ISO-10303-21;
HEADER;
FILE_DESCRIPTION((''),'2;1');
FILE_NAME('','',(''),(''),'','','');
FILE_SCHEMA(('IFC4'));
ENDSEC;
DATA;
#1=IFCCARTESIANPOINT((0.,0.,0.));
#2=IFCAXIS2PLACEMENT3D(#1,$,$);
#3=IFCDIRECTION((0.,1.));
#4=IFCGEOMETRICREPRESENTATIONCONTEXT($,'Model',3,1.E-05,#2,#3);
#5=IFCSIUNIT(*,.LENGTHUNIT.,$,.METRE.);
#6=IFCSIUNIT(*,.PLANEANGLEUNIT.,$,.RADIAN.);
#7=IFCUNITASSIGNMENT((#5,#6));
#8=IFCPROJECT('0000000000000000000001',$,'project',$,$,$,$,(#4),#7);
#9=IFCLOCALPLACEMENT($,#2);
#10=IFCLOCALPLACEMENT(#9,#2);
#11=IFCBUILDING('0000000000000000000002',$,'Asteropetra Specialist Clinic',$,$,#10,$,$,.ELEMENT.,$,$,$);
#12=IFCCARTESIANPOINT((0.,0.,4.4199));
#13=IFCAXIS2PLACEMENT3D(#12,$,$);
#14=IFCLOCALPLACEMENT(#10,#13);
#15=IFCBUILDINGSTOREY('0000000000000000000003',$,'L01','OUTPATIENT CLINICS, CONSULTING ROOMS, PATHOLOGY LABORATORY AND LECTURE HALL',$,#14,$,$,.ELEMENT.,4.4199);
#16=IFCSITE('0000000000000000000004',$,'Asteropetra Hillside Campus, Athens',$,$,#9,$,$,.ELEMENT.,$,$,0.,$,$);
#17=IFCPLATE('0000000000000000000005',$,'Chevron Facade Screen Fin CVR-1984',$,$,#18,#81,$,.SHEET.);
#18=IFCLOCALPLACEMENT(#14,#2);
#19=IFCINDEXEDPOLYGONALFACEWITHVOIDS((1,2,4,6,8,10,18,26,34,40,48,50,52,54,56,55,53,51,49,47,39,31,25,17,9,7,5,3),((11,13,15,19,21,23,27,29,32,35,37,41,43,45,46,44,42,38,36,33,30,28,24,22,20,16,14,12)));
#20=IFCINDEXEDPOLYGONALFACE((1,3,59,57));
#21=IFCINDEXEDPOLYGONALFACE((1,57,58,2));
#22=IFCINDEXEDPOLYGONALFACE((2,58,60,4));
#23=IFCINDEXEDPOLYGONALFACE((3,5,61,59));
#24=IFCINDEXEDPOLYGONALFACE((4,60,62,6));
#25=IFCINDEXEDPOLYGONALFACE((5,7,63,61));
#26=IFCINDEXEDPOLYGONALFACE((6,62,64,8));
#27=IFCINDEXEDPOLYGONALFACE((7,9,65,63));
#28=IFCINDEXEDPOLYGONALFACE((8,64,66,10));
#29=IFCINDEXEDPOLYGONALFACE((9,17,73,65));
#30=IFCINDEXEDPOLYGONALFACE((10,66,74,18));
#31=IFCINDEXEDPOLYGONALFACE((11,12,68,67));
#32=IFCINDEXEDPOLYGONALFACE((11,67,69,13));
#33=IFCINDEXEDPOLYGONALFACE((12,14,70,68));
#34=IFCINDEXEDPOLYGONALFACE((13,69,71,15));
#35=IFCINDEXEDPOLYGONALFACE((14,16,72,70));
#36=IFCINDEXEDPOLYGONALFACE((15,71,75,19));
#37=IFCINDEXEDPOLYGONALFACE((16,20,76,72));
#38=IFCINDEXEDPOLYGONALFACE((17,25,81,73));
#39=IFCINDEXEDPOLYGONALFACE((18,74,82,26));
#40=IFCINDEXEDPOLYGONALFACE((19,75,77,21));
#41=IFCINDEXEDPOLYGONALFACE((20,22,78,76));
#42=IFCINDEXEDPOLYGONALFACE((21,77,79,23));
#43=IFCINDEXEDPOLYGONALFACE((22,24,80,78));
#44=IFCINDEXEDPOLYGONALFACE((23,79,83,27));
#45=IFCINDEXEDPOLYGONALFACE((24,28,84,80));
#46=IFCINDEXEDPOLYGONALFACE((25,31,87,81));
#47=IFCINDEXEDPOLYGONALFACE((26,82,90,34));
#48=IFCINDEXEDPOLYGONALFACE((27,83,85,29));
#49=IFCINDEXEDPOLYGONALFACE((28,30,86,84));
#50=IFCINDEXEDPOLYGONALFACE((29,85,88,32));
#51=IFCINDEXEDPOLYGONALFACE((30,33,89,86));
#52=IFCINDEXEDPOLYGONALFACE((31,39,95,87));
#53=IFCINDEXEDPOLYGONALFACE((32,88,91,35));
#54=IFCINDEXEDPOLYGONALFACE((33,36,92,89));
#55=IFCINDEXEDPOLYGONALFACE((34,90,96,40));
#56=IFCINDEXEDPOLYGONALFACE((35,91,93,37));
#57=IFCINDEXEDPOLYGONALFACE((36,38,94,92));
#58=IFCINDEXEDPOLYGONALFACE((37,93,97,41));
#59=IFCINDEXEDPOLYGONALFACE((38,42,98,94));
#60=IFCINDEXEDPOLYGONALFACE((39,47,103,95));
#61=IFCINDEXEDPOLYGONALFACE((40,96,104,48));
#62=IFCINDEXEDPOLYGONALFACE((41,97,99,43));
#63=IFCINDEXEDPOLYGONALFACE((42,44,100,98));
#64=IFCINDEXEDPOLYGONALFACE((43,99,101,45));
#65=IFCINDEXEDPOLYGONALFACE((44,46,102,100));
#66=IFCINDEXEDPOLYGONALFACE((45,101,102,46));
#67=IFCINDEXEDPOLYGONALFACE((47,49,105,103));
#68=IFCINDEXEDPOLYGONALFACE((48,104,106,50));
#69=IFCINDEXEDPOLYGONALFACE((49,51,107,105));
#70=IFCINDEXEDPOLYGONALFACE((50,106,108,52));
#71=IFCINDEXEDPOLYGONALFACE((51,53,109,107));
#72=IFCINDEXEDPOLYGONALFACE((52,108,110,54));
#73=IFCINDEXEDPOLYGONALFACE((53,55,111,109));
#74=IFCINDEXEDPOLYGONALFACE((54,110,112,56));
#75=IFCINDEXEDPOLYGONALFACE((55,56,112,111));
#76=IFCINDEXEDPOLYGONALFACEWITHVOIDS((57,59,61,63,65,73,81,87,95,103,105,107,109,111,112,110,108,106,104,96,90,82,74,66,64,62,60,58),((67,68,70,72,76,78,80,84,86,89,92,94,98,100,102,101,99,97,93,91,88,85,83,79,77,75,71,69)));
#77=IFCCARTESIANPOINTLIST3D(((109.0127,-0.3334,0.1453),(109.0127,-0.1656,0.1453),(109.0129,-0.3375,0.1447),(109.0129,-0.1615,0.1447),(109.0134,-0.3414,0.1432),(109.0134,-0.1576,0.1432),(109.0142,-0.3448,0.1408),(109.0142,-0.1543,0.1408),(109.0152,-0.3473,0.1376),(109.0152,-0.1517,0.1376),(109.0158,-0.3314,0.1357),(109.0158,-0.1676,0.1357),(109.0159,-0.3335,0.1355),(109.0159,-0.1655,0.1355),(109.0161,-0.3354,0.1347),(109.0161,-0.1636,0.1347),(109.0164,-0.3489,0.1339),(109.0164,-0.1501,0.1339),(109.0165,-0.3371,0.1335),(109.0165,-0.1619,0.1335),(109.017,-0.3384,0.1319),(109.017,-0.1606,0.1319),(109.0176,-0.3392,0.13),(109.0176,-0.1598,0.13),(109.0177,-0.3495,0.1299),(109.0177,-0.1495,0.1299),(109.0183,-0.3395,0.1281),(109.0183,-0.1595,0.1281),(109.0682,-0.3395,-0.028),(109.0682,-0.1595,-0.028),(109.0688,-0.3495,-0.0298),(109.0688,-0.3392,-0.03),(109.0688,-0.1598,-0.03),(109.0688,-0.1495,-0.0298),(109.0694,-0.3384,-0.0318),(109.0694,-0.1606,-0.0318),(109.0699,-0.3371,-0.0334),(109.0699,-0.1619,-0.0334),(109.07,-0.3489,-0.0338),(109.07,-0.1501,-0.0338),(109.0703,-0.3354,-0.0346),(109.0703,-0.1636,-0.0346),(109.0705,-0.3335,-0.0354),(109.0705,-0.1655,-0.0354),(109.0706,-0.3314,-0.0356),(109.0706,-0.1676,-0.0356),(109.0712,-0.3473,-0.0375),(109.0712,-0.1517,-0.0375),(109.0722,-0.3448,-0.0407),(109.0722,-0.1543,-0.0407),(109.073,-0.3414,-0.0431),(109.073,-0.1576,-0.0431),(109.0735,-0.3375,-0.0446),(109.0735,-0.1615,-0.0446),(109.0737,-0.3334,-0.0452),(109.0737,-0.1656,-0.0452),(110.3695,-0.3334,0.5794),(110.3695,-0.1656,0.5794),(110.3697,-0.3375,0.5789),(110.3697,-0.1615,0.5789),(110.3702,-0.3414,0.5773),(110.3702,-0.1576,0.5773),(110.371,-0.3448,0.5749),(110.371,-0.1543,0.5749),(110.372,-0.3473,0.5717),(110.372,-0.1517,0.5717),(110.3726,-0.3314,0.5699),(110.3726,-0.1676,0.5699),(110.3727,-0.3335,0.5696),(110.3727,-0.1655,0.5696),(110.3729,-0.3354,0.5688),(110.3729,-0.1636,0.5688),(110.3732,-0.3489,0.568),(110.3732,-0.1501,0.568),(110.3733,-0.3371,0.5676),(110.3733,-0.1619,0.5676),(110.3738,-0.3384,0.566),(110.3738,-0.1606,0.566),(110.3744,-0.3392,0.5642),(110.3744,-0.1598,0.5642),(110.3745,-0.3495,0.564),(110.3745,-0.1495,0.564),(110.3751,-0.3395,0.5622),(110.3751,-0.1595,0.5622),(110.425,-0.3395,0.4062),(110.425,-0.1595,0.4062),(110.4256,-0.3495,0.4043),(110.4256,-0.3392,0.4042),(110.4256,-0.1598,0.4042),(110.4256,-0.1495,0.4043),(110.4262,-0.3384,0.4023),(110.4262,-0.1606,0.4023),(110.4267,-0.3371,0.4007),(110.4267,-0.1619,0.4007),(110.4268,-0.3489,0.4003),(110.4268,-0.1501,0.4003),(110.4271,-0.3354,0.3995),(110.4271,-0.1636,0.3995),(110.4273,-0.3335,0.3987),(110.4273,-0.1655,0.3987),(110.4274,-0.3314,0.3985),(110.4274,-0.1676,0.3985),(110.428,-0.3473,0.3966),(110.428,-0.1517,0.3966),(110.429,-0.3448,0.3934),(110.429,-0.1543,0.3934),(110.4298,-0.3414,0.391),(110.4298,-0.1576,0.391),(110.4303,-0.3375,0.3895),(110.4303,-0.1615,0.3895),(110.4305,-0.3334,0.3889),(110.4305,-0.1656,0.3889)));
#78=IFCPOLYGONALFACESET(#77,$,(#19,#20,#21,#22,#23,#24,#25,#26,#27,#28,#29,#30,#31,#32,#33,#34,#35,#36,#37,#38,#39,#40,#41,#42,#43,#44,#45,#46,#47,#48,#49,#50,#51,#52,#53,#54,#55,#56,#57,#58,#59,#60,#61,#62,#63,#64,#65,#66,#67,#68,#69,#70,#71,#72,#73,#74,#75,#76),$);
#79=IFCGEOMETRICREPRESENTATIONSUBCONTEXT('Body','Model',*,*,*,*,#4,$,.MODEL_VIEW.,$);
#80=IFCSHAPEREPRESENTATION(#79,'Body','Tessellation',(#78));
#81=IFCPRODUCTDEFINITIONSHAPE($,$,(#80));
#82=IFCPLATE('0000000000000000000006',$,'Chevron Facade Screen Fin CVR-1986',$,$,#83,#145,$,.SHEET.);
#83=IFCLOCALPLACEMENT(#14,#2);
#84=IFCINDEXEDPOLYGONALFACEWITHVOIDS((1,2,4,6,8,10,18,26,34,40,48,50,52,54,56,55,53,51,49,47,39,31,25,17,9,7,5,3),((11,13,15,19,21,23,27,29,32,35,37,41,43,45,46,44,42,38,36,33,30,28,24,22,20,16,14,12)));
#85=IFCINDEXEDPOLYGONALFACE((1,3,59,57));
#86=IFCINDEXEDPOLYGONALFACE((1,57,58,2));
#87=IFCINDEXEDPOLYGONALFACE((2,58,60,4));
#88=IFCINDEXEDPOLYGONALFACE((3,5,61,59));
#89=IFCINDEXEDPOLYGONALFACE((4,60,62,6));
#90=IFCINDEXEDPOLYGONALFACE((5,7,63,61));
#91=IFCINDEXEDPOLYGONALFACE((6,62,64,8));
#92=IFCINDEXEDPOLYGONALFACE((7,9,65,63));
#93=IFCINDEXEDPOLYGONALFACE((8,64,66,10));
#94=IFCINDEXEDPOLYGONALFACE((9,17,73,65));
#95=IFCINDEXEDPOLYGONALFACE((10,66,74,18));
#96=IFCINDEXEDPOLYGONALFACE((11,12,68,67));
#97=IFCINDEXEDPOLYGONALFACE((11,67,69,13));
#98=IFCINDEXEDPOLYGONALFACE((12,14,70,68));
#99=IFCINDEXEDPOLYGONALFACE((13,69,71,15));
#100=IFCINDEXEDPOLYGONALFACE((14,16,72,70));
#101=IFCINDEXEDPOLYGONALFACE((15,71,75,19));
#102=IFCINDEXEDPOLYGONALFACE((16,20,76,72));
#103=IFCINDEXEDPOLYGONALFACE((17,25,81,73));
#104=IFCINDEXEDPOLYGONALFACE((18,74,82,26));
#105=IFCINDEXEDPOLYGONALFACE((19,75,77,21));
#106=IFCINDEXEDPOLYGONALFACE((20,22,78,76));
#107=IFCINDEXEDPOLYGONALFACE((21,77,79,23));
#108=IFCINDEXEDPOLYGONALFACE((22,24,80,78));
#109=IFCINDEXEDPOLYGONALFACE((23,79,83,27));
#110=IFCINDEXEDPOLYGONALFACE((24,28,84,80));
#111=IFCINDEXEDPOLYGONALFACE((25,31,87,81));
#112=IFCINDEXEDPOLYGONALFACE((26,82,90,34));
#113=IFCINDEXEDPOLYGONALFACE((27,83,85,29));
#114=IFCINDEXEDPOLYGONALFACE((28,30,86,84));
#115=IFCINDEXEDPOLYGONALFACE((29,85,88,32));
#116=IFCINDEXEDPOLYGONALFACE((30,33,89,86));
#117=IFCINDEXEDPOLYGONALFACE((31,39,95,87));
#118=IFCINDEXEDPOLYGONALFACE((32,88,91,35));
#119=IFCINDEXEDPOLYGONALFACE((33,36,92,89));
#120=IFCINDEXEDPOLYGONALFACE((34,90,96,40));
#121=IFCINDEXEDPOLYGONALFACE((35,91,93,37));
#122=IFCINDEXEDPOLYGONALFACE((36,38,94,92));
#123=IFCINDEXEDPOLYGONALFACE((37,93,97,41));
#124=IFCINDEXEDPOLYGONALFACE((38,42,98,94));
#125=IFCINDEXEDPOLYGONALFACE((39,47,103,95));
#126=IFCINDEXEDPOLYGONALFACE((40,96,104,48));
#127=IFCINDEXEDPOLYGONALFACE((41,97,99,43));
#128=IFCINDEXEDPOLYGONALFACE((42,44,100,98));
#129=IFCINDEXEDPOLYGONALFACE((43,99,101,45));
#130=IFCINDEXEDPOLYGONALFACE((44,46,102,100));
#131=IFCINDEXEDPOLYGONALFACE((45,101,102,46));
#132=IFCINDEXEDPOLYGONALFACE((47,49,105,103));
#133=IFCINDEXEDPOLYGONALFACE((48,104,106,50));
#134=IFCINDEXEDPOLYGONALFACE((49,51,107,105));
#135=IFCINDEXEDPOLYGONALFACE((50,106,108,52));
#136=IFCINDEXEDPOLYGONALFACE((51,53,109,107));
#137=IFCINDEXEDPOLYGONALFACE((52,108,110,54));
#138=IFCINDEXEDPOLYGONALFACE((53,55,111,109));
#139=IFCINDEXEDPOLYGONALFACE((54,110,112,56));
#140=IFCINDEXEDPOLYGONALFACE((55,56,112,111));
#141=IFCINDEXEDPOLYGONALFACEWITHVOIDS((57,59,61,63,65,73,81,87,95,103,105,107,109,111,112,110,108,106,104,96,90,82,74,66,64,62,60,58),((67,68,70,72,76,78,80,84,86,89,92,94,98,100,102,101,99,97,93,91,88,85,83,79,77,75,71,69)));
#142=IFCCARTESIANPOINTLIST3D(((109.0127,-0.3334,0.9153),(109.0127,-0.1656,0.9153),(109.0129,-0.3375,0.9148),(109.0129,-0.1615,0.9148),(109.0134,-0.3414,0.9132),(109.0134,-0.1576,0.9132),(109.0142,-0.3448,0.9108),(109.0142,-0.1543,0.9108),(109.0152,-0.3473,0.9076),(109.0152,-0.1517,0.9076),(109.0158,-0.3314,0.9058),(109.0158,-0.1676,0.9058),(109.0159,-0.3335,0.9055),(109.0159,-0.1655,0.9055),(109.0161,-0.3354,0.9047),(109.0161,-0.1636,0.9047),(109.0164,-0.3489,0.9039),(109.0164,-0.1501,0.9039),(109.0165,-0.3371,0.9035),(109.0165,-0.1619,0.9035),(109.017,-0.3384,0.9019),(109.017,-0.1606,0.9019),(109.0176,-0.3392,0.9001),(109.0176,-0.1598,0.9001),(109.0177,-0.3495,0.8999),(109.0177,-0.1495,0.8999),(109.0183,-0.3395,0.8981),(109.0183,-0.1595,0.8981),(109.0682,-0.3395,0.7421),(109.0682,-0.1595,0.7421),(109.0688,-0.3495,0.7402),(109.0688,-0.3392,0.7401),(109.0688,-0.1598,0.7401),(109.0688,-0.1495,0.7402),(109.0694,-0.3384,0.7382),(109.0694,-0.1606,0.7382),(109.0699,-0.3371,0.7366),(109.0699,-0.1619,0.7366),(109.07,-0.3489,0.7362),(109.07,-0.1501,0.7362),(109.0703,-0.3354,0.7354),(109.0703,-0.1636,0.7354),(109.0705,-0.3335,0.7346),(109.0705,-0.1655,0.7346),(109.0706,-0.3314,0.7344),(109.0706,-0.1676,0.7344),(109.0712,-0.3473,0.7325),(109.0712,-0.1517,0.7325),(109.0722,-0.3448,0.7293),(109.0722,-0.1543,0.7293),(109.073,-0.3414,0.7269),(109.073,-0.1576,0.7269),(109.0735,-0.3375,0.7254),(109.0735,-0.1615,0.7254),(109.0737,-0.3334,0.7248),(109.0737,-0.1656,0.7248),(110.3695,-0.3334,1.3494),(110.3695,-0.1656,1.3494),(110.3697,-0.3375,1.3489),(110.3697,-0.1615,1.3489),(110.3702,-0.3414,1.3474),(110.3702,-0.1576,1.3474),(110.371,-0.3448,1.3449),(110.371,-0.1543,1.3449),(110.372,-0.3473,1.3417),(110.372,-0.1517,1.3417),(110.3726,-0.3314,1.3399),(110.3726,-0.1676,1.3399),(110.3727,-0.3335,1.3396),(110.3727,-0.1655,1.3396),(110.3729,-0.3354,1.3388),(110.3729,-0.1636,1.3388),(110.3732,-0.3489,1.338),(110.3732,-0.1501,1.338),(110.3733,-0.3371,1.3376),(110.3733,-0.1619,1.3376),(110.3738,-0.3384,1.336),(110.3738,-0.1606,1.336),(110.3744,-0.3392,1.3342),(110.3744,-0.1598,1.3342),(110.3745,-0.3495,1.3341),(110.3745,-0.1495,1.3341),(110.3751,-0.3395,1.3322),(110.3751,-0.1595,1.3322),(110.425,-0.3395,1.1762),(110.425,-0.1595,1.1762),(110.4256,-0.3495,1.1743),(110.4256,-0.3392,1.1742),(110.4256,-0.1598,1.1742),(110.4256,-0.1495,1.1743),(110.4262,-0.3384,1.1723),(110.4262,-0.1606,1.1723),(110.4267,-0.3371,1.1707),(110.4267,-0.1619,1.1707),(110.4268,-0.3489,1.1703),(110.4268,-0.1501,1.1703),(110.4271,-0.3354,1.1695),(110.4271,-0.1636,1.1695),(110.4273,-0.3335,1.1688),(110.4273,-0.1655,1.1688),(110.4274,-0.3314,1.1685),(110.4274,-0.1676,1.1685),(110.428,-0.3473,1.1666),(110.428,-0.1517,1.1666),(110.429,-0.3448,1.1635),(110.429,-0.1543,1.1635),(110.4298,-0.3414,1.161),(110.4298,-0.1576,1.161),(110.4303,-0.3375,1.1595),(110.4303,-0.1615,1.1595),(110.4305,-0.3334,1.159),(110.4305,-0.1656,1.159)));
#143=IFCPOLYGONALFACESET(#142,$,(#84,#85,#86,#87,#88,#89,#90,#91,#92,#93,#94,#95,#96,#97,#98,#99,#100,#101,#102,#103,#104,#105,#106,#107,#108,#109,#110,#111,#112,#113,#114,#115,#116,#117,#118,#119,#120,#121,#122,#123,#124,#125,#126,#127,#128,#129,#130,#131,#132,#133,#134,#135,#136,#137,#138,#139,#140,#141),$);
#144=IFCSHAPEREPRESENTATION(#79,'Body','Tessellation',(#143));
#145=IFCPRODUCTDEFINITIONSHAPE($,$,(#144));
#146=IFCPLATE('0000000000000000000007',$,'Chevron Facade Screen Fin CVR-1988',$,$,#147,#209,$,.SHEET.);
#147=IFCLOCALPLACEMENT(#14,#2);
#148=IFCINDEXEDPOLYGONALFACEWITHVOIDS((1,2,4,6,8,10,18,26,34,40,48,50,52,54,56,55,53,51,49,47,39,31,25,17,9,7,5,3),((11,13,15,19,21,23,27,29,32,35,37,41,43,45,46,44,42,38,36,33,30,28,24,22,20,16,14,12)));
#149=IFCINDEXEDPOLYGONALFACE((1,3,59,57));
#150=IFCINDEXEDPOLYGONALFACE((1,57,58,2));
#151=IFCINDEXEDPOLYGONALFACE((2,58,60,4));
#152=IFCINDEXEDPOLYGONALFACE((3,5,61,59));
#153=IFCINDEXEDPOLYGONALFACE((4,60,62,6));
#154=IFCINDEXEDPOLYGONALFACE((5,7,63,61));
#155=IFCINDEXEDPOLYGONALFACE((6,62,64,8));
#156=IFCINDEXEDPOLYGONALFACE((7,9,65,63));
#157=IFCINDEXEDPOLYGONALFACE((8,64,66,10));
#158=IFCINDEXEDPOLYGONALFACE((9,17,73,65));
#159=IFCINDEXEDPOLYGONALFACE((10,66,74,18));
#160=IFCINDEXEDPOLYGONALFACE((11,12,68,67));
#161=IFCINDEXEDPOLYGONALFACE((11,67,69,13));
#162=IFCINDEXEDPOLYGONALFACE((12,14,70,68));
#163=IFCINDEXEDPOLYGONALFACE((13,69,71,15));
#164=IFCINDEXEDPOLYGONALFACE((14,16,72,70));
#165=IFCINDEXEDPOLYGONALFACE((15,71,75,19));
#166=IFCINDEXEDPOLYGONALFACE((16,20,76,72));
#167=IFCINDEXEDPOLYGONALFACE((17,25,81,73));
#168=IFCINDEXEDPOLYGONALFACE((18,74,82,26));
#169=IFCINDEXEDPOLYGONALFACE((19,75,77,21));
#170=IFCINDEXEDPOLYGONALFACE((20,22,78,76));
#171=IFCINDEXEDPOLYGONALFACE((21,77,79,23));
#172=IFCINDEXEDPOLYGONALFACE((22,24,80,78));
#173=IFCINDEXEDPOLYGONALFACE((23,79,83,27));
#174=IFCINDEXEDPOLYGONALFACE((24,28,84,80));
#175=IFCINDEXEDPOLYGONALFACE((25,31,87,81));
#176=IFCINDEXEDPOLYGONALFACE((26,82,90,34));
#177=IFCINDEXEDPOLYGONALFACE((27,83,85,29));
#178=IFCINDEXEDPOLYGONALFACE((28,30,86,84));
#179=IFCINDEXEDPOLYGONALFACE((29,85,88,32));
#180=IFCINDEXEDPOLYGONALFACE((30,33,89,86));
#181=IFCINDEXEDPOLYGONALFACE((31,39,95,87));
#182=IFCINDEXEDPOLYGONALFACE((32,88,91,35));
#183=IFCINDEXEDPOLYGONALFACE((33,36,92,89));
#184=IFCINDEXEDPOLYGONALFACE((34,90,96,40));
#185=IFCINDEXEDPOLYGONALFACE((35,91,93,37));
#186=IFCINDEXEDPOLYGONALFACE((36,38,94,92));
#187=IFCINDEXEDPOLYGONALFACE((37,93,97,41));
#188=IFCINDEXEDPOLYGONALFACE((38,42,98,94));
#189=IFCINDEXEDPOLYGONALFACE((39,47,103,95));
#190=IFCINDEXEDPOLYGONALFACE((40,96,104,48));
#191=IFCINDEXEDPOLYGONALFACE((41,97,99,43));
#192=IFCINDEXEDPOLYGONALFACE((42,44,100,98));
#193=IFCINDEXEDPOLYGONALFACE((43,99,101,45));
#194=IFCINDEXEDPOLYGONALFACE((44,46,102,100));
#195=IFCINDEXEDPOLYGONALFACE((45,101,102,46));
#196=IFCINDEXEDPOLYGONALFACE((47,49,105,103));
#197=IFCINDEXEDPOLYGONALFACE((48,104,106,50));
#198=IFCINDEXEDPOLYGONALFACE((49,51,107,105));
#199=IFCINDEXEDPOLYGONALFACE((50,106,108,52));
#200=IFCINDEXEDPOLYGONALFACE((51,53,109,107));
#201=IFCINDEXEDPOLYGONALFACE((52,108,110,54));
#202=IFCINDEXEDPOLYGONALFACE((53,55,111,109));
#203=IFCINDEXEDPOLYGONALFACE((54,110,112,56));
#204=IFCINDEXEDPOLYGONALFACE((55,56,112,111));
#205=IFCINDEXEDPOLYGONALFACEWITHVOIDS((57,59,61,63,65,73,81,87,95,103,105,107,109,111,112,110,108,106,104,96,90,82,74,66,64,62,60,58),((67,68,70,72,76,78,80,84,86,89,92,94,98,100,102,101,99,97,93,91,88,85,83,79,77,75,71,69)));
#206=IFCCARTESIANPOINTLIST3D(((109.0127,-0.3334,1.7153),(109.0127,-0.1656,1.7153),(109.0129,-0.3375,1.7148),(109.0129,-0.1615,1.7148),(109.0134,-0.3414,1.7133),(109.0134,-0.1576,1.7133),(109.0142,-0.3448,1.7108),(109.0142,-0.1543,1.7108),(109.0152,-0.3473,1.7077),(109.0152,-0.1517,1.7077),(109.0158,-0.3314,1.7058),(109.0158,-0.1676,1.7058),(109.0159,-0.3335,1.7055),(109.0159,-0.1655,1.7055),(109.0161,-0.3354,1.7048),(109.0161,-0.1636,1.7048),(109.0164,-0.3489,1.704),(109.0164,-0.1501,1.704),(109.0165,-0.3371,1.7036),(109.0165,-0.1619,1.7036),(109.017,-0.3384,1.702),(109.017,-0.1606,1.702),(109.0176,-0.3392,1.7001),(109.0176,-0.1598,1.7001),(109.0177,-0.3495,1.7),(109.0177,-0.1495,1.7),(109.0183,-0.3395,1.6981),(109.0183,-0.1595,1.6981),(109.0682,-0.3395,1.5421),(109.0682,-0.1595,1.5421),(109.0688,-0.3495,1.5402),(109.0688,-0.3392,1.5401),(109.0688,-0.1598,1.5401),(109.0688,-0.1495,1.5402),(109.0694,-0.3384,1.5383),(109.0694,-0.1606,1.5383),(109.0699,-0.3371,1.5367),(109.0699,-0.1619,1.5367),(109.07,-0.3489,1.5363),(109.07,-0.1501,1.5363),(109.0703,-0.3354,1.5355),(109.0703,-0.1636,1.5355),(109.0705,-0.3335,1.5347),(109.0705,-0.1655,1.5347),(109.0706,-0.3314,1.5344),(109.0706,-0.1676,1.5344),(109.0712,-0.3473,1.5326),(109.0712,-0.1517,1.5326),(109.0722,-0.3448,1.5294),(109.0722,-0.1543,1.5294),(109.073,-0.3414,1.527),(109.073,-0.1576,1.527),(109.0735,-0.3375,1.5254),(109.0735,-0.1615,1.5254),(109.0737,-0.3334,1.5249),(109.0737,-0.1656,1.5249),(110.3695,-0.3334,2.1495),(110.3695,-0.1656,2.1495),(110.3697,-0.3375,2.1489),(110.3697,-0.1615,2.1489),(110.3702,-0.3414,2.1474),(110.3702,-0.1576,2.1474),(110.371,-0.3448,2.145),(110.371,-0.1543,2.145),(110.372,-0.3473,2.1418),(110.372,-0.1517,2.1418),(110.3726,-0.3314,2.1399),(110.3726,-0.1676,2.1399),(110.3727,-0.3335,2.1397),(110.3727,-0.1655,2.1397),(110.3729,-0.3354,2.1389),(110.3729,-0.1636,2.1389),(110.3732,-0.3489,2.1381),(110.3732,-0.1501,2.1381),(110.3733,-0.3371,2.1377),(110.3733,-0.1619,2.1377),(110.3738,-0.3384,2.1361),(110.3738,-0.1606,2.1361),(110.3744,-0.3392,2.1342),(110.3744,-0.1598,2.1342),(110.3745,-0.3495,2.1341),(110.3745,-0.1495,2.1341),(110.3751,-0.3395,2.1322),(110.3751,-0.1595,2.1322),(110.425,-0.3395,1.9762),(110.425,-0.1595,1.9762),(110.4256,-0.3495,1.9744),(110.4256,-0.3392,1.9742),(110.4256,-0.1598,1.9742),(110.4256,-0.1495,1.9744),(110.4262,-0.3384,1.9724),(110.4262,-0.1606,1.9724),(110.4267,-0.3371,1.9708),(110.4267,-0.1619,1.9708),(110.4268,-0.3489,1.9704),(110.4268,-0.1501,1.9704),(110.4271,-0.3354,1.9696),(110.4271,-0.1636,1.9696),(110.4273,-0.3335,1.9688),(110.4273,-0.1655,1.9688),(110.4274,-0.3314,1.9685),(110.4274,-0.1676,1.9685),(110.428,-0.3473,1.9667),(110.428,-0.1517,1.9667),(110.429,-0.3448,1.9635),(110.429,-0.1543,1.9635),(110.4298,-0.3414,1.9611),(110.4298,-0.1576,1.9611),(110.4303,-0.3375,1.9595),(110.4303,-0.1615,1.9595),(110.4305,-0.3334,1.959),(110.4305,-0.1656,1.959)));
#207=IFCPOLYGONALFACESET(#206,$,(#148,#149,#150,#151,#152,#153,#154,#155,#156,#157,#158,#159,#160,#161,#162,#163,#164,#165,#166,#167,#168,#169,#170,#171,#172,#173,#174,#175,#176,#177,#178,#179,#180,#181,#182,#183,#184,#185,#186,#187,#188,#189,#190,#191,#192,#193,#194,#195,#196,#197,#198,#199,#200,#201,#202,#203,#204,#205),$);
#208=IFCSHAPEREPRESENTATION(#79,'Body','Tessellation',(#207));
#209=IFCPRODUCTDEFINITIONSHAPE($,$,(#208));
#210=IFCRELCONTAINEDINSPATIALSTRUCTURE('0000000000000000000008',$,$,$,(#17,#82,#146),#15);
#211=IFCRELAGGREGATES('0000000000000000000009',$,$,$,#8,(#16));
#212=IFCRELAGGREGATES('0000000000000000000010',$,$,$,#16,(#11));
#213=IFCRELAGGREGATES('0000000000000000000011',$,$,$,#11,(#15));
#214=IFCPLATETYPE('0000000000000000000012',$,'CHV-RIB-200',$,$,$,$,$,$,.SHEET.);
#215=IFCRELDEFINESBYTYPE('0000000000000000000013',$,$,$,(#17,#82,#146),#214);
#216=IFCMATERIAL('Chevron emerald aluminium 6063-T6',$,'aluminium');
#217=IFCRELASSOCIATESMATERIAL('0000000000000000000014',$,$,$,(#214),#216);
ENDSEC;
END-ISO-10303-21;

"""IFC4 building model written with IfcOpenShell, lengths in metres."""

from ifc_helpers import new_model, si_unit, direction, frame, origin, origin_2d, place, context, subcontext, project, spatial, hollow_rectangle, extrude, material, material_profile, profile_set, type_object, element, save


model = new_model("IFC4")

# Units and contexts
model_context = context("Model", 3, precision=1e-05, world=origin(), true_north=direction((0.0, 1.0)))
body_context = subcontext(model_context, "Body", "Model", "MODEL_VIEW")
ifc_project = project(units=[si_unit("LENGTHUNIT", "METRE"), si_unit("PLANEANGLEUNIT", "RADIAN")], contexts=[model_context])

# Site, building, storey
site_placement = place(None, origin())
site = spatial("IfcSite", under=ifc_project, at=site_placement, Name="Asteropetra Hillside Campus, Athens", CompositionType="ELEMENT", RefElevation=0.0)
building_placement = place(site_placement, origin())
building = spatial("IfcBuilding", under=site, at=building_placement, Name="Asteropetra Specialist Clinic", CompositionType="ELEMENT")
storey_placement = place(building_placement, frame((0.0, 0.0, 4.4199)))
storey = spatial("IfcBuildingStorey", under=building, at=storey_placement, Name="L01", Description="OUTPATIENT CLINICS, CONSULTING ROOMS, PATHOLOGY LABORATORY AND LECTURE HALL", CompositionType="ELEMENT", Elevation=4.4199)

# Plates
ifc_material_1 = material(Name="Chevron emerald aluminium 6063-T6", Category="aluminium")
ifc_material_profile_1 = material_profile(ifc_material_1, hollow_rectangle(XDim=0.2, YDim=0.2, WallThickness=0.01, InnerFilletRadius=0.0081, OuterFilletRadius=0.0161, at=origin_2d()), Name="SHS 200x200x10.0")
ifc_profile_set_1 = profile_set([ifc_material_profile_1], Name="Chevron emerald aluminium 6063-T6")
plate_type = type_object("IfcPlateType", Name="CHV-RIB-200", PredefinedType="SHEET", material=ifc_profile_set_1)
for number, where, z_axis, x_axis, name in (
    (1, (109.0432, -0.2495, 0.05), (0.952436, 0.0, 0.304738), (0.0, 1.0, 0.0), "Chevron Facade Screen Fin CVR-1984"),
    (2, (109.0432, -0.2495, 0.8201), (0.952436, 0.0, 0.304738), (0.0, 1.0, 0.0), "Chevron Facade Screen Fin CVR-1986"),
    (3, (109.0432, -0.2495, 1.6201), (0.952436, 0.0, 0.304738), (0.0, 1.0, 0.0), "Chevron Facade Screen Fin CVR-1988"),
):
    element("IfcPlate", number, at=place(storey_placement, frame(where, z_axis=z_axis, x_axis=x_axis)), inside=storey, type_object=plate_type, Name=name, PredefinedType="SHEET", context=body_context, shape_type="SweptSolid", body=[
        extrude(hollow_rectangle(XDim=0.2, YDim=0.2, WallThickness=0.01, InnerFilletRadius=0.0081, OuterFilletRadius=0.0161, at=origin_2d()), origin(), (0.0, 0.0, 1.0), 1.4246),
    ])

save(model, "model.ifc")
